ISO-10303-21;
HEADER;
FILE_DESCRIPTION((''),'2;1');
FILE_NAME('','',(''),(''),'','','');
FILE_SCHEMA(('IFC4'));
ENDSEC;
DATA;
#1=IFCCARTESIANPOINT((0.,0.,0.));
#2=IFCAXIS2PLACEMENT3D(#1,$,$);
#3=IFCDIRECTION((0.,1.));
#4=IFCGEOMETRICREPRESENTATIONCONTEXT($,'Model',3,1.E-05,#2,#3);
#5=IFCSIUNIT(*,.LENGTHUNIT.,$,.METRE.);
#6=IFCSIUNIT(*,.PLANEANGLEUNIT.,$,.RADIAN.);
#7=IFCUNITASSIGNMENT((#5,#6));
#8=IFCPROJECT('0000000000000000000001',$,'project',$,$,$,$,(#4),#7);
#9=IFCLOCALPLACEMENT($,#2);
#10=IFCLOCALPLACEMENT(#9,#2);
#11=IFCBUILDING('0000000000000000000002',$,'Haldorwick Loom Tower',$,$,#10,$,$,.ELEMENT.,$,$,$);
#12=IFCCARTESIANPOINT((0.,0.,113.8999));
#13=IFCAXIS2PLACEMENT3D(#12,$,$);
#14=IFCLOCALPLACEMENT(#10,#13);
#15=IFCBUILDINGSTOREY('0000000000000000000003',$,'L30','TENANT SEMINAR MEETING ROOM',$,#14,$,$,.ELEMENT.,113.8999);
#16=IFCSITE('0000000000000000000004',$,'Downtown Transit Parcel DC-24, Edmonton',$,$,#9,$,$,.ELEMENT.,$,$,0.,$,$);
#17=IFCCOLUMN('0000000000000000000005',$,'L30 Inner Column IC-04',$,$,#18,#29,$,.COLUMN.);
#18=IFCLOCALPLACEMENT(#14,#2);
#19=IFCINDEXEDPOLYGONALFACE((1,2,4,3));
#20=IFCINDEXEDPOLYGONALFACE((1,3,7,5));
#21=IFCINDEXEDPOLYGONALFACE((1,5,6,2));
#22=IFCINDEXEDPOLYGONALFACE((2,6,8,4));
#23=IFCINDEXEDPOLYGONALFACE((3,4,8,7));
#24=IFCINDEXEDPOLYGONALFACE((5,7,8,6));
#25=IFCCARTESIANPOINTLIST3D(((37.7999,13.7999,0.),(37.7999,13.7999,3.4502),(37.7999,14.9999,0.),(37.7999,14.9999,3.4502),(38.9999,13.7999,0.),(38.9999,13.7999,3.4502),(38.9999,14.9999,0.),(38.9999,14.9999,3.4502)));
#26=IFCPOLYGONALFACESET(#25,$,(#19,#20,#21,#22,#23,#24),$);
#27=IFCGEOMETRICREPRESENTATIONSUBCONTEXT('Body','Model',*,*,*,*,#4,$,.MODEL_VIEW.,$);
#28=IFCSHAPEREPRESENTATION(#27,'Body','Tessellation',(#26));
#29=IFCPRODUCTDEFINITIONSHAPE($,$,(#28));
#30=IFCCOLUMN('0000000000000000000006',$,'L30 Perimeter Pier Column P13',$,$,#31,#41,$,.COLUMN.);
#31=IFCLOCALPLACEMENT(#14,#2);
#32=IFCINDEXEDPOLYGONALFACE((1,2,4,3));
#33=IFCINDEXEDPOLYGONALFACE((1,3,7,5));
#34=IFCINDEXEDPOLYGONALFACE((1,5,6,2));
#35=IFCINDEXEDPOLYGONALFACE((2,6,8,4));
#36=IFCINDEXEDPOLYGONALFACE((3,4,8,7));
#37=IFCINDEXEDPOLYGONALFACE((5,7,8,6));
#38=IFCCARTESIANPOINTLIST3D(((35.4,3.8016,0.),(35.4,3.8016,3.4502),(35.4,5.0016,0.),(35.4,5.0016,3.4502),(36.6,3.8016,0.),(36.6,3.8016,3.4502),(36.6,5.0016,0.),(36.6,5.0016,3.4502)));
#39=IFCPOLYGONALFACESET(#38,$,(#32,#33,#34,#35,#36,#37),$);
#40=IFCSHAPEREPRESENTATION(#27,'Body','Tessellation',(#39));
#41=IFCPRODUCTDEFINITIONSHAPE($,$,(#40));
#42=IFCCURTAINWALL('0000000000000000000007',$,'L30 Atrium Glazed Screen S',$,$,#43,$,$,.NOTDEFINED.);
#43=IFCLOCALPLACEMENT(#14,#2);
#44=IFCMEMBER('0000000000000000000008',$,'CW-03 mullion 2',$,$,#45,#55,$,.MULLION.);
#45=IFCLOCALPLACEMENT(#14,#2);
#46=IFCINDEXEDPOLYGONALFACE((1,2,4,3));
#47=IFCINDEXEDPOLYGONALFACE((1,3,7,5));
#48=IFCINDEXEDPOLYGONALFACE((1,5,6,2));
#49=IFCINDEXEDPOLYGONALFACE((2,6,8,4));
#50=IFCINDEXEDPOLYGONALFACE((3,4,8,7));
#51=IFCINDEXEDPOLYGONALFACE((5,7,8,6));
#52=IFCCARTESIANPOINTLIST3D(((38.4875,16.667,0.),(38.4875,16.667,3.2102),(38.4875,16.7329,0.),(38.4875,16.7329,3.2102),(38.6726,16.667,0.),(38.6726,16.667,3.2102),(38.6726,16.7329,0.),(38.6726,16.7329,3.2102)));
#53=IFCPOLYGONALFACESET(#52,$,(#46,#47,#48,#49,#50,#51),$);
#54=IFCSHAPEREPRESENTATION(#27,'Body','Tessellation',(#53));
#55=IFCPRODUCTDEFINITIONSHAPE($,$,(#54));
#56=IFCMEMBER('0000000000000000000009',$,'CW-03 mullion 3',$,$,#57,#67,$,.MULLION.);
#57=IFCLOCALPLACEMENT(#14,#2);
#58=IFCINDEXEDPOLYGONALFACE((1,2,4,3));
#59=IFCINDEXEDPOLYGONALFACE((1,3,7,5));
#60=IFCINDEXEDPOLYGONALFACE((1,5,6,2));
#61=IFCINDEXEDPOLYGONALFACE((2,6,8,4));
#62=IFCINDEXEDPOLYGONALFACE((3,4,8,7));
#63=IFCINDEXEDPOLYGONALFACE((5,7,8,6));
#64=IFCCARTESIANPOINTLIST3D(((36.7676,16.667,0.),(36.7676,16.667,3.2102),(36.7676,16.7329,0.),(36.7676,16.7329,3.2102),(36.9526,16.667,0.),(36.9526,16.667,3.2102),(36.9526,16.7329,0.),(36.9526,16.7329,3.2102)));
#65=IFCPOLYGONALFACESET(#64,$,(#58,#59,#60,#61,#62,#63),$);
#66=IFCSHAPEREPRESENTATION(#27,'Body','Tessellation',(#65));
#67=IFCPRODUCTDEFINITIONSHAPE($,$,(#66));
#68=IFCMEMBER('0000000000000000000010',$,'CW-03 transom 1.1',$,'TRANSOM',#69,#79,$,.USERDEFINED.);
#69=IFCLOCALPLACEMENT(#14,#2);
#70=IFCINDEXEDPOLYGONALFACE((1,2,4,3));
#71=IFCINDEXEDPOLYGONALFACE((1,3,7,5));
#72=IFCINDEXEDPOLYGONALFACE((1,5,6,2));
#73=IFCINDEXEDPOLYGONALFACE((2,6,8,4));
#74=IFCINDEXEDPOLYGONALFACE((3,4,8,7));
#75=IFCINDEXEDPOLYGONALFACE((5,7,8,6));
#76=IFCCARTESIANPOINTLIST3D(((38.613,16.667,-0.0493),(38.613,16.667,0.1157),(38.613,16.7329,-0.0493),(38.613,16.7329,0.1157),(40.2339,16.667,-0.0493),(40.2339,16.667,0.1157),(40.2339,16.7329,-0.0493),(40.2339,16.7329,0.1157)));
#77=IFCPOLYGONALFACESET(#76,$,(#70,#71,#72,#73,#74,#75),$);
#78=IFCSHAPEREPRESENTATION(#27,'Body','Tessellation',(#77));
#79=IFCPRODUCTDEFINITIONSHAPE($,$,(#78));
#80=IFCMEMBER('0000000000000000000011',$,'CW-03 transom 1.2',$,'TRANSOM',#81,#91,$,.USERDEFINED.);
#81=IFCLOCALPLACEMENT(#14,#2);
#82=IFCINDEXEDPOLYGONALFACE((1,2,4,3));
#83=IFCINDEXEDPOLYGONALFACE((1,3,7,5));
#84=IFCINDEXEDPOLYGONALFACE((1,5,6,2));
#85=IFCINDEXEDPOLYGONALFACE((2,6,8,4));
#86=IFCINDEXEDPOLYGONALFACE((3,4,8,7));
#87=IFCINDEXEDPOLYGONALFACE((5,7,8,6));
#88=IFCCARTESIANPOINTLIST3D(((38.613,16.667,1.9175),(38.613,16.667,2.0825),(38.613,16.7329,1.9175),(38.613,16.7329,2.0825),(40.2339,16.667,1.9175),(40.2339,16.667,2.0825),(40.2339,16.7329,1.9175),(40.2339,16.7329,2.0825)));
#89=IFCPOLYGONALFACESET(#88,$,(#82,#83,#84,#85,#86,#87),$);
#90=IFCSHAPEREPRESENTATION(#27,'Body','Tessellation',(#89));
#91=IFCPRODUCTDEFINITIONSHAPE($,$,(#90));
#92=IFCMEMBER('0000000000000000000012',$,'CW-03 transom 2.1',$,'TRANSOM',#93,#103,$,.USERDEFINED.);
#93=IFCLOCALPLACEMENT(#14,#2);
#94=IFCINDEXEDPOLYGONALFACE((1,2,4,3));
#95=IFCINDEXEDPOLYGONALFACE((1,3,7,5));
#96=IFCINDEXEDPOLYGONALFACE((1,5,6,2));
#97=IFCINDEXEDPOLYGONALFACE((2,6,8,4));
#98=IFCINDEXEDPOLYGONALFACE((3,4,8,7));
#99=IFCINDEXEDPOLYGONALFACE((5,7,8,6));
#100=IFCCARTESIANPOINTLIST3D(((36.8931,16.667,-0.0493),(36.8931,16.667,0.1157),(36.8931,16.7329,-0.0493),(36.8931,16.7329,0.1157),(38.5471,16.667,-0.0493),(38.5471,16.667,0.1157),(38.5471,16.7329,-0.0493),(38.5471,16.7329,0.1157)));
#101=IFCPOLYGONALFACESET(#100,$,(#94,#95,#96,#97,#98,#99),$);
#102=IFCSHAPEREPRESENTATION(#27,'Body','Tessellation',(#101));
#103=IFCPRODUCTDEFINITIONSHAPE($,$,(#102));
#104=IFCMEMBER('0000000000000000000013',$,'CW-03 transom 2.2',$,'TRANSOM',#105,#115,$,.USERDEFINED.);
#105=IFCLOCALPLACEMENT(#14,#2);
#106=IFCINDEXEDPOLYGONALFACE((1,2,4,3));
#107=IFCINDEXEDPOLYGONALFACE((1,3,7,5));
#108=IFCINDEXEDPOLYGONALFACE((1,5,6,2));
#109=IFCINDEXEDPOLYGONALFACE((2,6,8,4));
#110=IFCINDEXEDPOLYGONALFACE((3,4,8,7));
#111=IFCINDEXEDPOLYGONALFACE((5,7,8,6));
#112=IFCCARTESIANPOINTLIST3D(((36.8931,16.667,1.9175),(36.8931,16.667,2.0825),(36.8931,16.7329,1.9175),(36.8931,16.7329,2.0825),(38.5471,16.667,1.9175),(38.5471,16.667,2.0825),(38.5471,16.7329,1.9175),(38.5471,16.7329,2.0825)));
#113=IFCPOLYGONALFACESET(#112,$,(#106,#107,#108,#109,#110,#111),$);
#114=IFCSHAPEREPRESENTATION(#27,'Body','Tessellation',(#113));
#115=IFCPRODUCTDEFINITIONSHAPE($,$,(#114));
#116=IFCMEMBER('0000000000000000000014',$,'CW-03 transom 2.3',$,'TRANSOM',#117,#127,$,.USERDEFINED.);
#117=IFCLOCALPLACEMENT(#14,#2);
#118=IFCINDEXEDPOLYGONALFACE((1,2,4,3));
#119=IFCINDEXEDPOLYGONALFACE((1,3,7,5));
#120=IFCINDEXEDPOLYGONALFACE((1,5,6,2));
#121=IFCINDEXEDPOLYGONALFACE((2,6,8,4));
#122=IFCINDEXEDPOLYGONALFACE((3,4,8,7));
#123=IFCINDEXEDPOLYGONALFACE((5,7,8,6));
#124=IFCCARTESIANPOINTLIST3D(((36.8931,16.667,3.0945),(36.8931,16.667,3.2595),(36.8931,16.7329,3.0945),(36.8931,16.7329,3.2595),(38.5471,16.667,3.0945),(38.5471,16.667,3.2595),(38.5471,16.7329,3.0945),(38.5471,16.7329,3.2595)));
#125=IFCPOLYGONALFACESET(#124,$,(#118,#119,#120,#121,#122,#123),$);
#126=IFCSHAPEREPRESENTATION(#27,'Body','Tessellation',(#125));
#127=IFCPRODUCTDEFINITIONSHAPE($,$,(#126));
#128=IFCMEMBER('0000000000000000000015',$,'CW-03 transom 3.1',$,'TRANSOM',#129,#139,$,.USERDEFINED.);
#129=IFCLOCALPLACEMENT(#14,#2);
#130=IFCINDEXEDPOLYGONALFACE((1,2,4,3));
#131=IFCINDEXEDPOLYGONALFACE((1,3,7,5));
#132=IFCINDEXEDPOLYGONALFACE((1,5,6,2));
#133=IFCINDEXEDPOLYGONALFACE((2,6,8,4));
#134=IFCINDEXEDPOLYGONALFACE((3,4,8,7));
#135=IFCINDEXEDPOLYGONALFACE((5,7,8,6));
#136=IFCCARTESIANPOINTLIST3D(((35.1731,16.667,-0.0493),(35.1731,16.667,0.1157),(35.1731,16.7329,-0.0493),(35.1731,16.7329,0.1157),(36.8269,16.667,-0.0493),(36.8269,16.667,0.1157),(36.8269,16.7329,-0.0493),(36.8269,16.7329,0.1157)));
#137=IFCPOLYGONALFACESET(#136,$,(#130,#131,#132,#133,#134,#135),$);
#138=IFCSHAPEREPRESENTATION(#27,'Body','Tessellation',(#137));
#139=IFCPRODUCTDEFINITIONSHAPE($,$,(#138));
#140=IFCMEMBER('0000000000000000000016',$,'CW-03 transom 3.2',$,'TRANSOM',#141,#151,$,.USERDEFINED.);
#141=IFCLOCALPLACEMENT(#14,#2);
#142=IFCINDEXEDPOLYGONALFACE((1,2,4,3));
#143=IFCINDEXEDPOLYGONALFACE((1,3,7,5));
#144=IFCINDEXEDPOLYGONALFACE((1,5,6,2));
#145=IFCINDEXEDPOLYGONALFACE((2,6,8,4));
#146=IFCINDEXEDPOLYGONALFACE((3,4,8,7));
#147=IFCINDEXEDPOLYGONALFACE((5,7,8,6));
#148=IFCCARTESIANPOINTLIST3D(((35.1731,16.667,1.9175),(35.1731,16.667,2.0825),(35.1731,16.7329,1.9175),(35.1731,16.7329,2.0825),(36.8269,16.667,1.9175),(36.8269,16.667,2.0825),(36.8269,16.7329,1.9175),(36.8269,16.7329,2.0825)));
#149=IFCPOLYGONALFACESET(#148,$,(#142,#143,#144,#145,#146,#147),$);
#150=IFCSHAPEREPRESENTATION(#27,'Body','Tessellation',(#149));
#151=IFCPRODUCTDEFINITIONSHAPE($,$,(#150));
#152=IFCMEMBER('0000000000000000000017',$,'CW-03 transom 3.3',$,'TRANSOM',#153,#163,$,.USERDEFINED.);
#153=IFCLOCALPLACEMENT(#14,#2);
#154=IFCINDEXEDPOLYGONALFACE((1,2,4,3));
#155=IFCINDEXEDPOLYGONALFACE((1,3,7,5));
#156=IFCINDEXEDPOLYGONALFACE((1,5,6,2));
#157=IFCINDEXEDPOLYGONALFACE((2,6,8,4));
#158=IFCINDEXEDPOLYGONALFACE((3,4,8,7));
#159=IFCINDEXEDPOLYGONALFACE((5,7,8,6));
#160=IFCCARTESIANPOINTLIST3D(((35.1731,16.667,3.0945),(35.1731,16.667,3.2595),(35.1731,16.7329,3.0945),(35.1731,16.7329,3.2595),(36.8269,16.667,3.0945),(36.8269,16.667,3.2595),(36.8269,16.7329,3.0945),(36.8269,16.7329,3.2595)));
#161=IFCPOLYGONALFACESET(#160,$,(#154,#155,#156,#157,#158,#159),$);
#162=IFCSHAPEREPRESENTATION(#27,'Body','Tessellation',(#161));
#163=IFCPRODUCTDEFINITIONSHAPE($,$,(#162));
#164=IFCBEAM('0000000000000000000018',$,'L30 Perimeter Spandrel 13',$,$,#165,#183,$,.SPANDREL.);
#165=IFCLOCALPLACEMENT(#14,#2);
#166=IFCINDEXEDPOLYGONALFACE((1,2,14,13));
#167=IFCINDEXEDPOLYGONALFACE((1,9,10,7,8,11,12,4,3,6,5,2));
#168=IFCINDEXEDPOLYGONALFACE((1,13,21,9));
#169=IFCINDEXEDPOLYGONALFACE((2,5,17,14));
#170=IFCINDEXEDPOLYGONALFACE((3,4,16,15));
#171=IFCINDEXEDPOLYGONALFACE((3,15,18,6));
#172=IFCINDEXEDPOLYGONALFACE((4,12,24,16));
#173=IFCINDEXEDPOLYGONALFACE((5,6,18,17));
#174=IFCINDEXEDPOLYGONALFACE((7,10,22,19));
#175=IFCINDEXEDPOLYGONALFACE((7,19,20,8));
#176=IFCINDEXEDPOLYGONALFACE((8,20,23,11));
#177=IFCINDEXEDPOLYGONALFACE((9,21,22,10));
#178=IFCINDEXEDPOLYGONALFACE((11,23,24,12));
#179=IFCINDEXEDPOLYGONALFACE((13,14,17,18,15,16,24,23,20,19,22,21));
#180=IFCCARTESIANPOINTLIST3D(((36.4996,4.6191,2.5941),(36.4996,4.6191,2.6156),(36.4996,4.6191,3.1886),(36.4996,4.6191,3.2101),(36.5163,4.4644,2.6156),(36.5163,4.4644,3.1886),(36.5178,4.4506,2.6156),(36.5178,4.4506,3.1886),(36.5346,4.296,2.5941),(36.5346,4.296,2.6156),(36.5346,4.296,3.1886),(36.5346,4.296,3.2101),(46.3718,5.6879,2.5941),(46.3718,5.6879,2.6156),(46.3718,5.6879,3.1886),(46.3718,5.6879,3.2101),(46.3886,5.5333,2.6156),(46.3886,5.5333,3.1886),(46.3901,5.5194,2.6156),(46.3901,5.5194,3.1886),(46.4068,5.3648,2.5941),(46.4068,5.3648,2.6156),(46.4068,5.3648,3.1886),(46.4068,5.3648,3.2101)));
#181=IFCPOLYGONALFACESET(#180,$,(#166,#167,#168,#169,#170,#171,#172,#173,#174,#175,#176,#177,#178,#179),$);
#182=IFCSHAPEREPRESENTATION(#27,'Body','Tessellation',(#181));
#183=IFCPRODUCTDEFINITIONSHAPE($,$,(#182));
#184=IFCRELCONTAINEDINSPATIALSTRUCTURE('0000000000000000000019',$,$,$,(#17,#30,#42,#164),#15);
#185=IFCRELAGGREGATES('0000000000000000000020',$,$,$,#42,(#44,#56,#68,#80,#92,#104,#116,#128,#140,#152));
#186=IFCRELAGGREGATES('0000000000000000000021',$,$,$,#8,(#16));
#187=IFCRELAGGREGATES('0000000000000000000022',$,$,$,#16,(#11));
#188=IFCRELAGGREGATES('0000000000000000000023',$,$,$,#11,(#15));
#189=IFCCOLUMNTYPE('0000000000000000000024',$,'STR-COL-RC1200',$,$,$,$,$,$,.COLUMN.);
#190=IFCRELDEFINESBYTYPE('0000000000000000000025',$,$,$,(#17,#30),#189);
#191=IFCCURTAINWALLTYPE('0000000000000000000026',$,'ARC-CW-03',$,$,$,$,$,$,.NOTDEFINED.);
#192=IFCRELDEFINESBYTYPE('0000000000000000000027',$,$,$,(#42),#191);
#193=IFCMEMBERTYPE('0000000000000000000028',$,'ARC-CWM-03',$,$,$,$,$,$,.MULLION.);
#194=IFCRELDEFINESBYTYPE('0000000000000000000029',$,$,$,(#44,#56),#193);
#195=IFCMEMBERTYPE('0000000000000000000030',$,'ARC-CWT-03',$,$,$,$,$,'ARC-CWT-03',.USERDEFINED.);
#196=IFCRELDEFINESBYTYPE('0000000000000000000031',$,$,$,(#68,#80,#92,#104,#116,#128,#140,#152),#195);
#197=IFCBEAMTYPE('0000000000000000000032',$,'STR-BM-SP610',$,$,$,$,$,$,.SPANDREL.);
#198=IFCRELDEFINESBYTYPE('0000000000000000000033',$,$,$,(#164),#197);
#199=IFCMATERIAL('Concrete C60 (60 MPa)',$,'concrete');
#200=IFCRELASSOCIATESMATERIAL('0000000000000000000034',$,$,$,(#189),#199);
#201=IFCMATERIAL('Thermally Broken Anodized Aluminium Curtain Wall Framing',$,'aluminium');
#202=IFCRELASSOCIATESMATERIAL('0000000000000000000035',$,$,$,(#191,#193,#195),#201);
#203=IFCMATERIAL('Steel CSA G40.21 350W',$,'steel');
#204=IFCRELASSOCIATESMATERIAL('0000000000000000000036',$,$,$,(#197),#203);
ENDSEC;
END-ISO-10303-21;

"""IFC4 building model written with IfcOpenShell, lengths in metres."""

from ifc_helpers import new_model, si_unit, direction, frame, origin, origin_2d, place, context, subcontext, project, spatial, rectangle, i_section, extrude, material, material_profile, profile_set, type_object, element, aggregate, save


model = new_model("IFC4")

# Units and contexts
model_context = context("Model", 3, precision=1e-05, world=origin(), true_north=direction((0.0, 1.0)))
body_context = subcontext(model_context, "Body", "Model", "MODEL_VIEW")
ifc_project = project(units=[si_unit("LENGTHUNIT", "METRE"), si_unit("PLANEANGLEUNIT", "RADIAN")], contexts=[model_context])

# Site, building, storey
site_placement = place(None, origin())
site = spatial("IfcSite", under=ifc_project, at=site_placement, Name="Downtown Transit Parcel DC-24, Edmonton", CompositionType="ELEMENT", RefElevation=0.0)
building_placement = place(site_placement, origin())
building = spatial("IfcBuilding", under=site, at=building_placement, Name="Haldorwick Loom Tower", CompositionType="ELEMENT")
storey_placement = place(building_placement, frame((0.0, 0.0, 113.8999)))
storey = spatial("IfcBuildingStorey", under=building, at=storey_placement, Name="L30", Description="TENANT SEMINAR MEETING ROOM", CompositionType="ELEMENT", Elevation=113.8999)

# Columns
ifc_material_1 = material(Name="Concrete C60 (60 MPa)", Category="concrete")
ifc_material_profile_1 = material_profile(ifc_material_1, rectangle(XDim=1.2, YDim=1.2, at=origin_2d()), Name="RC1200X1200", Category="concrete")
ifc_profile_set_1 = profile_set([ifc_material_profile_1], Name="Concrete C60 (60 MPa)")
column_type = type_object("IfcColumnType", Name="STR-COL-RC1200", PredefinedType="COLUMN", material=ifc_profile_set_1)
for number, where, z_axis, x_axis, name in (
    (1, (38.3999, 14.3999, 0.0), (0.0, 0.0, 1.0), (1.0, 0.0, 0.0), "L30 Inner Column IC-04"),
    (2, (36.0, 4.4016, 0.0), (0.0, 0.0, 1.0), (0.0, -1.0, 0.0), "L30 Perimeter Pier Column P13"),
):
    element("IfcColumn", number, at=place(storey_placement, frame(where, z_axis=z_axis, x_axis=x_axis)), inside=storey, type_object=column_type, Name=name, PredefinedType="COLUMN", context=body_context, shape_type="SweptSolid", body=[
        extrude(rectangle(XDim=1.2, YDim=1.2, at=origin_2d()), origin(), (0.0, 0.0, 1.0), 3.4502),
    ])

# Curtain wall, members
ifc_material_2 = material(Name="Thermally Broken Anodized Aluminium Curtain Wall Framing", Category="aluminium")
curtain_wall_type = type_object("IfcCurtainWallType", Name="ARC-CW-03", PredefinedType="NOTDEFINED", material=ifc_material_2)
curtain_wall_placement = place(storey_placement, origin())
curtain_wall = element("IfcCurtainWall", 3, at=curtain_wall_placement, inside=storey, type_object=curtain_wall_type, Name="L30 Atrium Glazed Screen S", PredefinedType="NOTDEFINED")
ifc_material_profile_2 = material_profile(ifc_material_2, rectangle(XDim=0.0659, YDim=0.1851, at=origin_2d()), Name="ALU_MUL_66X185", Category="aluminium")
ifc_profile_set_2 = profile_set([ifc_material_profile_2], Name="Thermally Broken Anodized Aluminium Curtain Wall Framing")
member_type_1 = type_object("IfcMemberType", Name="ARC-CWM-03", PredefinedType="MULLION", material=ifc_profile_set_2)
member_1_placement = place(storey_placement, frame((38.5801, 16.7, 0.0), z_axis=(0.0, 0.0, 1.0), x_axis=(0.0, -1.0, 0.0)))
member_1 = element("IfcMember", 4, at=member_1_placement, type_object=member_type_1, Name="CW-03 mullion 2", PredefinedType="MULLION", context=body_context, shape_type="SweptSolid", body=[
    extrude(rectangle(XDim=0.0659, YDim=0.1851, at=origin_2d()), origin(), (0.0, 0.0, 1.0), 3.2102),
])
member_2_placement = place(storey_placement, frame((36.8601, 16.7, 0.0), z_axis=(0.0, 0.0, 1.0), x_axis=(0.0, -1.0, 0.0)))
member_2 = element("IfcMember", 5, at=member_2_placement, type_object=member_type_1, Name="CW-03 mullion 3", PredefinedType="MULLION", context=body_context, shape_type="SweptSolid", body=[
    extrude(rectangle(XDim=0.0659, YDim=0.1851, at=origin_2d()), origin(), (0.0, 0.0, 1.0), 3.2102),
])
ifc_material_profile_3 = material_profile(ifc_material_2, rectangle(XDim=0.0659, YDim=0.165, at=origin_2d()), Name="ALU_TRN_66X165", Category="aluminium")
ifc_profile_set_3 = profile_set([ifc_material_profile_3], Name="Thermally Broken Anodized Aluminium Curtain Wall Framing")
member_type_2 = type_object("IfcMemberType", Name="ARC-CWT-03", ElementType="ARC-CWT-03", PredefinedType="USERDEFINED", material=ifc_profile_set_3)
member_3_placement = place(storey_placement, frame((40.2339, 16.7, 0.0332), z_axis=(-1.0, 0.0, 0.0), x_axis=(0.0, -1.0, 0.0)))
member_3 = element("IfcMember", 6, at=member_3_placement, type_object=member_type_2, Name="CW-03 transom 1.1", ObjectType="TRANSOM", PredefinedType="USERDEFINED", context=body_context, shape_type="SweptSolid", body=[
    extrude(rectangle(XDim=0.0659, YDim=0.165, at=origin_2d()), origin(), (0.0, 0.0, 1.0), 1.6208),
])
member_4_placement = place(storey_placement, frame((40.2339, 16.7, 2.0), z_axis=(-1.0, 0.0, 0.0), x_axis=(0.0, -1.0, 0.0)))
member_4 = element("IfcMember", 7, at=member_4_placement, type_object=member_type_2, Name="CW-03 transom 1.2", ObjectType="TRANSOM", PredefinedType="USERDEFINED", context=body_context, shape_type="SweptSolid", body=[
    extrude(rectangle(XDim=0.0659, YDim=0.165, at=origin_2d()), origin(), (0.0, 0.0, 1.0), 1.6208),
])
member_5_placement = place(storey_placement, frame((38.5471, 16.7, 0.0332), z_axis=(-1.0, 0.0, 0.0), x_axis=(0.0, -1.0, 0.0)))
member_5 = element("IfcMember", 8, at=member_5_placement, type_object=member_type_2, Name="CW-03 transom 2.1", ObjectType="TRANSOM", PredefinedType="USERDEFINED", context=body_context, shape_type="SweptSolid", body=[
    extrude(rectangle(XDim=0.0659, YDim=0.165, at=origin_2d()), origin(), (0.0, 0.0, 1.0), 1.6541),
])
member_6_placement = place(storey_placement, frame((38.5471, 16.7, 2.0), z_axis=(-1.0, 0.0, 0.0), x_axis=(0.0, -1.0, 0.0)))
member_6 = element("IfcMember", 9, at=member_6_placement, type_object=member_type_2, Name="CW-03 transom 2.2", ObjectType="TRANSOM", PredefinedType="USERDEFINED", context=body_context, shape_type="SweptSolid", body=[
    extrude(rectangle(XDim=0.0659, YDim=0.165, at=origin_2d()), origin(), (0.0, 0.0, 1.0), 1.6541),
])
member_7_placement = place(storey_placement, frame((38.5471, 16.7, 3.177), z_axis=(-1.0, 0.0, 0.0), x_axis=(0.0, -1.0, 0.0)))
member_7 = element("IfcMember", 10, at=member_7_placement, type_object=member_type_2, Name="CW-03 transom 2.3", ObjectType="TRANSOM", PredefinedType="USERDEFINED", context=body_context, shape_type="SweptSolid", body=[
    extrude(rectangle(XDim=0.0659, YDim=0.165, at=origin_2d()), origin(), (0.0, 0.0, 1.0), 1.6541),
])
member_8_placement = place(storey_placement, frame((36.8269, 16.7, 0.0332), z_axis=(-1.0, 0.0, 0.0), x_axis=(0.0, -1.0, 0.0)))
member_8 = element("IfcMember", 11, at=member_8_placement, type_object=member_type_2, Name="CW-03 transom 3.1", ObjectType="TRANSOM", PredefinedType="USERDEFINED", context=body_context, shape_type="SweptSolid", body=[
    extrude(rectangle(XDim=0.0659, YDim=0.165, at=origin_2d()), origin(), (0.0, 0.0, 1.0), 1.6538),
])
member_9_placement = place(storey_placement, frame((36.8269, 16.7, 2.0), z_axis=(-1.0, 0.0, 0.0), x_axis=(0.0, -1.0, 0.0)))
member_9 = element("IfcMember", 12, at=member_9_placement, type_object=member_type_2, Name="CW-03 transom 3.2", ObjectType="TRANSOM", PredefinedType="USERDEFINED", context=body_context, shape_type="SweptSolid", body=[
    extrude(rectangle(XDim=0.0659, YDim=0.165, at=origin_2d()), origin(), (0.0, 0.0, 1.0), 1.6538),
])
member_10_placement = place(storey_placement, frame((36.8269, 16.7, 3.177), z_axis=(-1.0, 0.0, 0.0), x_axis=(0.0, -1.0, 0.0)))
member_10 = element("IfcMember", 13, at=member_10_placement, type_object=member_type_2, Name="CW-03 transom 3.3", ObjectType="TRANSOM", PredefinedType="USERDEFINED", context=body_context, shape_type="SweptSolid", body=[
    extrude(rectangle(XDim=0.0659, YDim=0.165, at=origin_2d()), origin(), (0.0, 0.0, 1.0), 1.6538),
])

# Beam
ifc_material_3 = material(Name="Steel CSA G40.21 350W", Category="steel")
ifc_material_profile_4 = material_profile(ifc_material_3, i_section(OverallWidth=0.325, OverallDepth=0.616, WebThickness=0.0139, FlangeThickness=0.0215, at=origin_2d()), Name="W610X174", Category="steel")
ifc_profile_set_4 = profile_set([ifc_material_profile_4], Name="Steel CSA G40.21 350W")
beam_type_1 = type_object("IfcBeamType", Name="STR-BM-SP610", PredefinedType="SPANDREL", material=ifc_profile_set_4)
beam_1_placement = place(storey_placement, frame((36.5171, 4.4575, 2.9021), z_axis=(0.99419, 0.107638, 0.0), x_axis=(-0.107638, 0.99419, 0.0)))
element("IfcBeam", 14, at=beam_1_placement, inside=storey, type_object=beam_type_1, Name="L30 Perimeter Spandrel 13", PredefinedType="SPANDREL", context=body_context, shape_type="SweptSolid", body=[
    extrude(i_section(OverallWidth=0.325, OverallDepth=0.616, WebThickness=0.0139, FlangeThickness=0.0215, at=origin_2d()), origin(), (0.0, 0.0, 1.0), 9.9299),
])

aggregate(curtain_wall, [member_1, member_2, member_3, member_4, member_5, member_6, member_7, member_8, member_9, member_10])

save(model, "model.ifc")
